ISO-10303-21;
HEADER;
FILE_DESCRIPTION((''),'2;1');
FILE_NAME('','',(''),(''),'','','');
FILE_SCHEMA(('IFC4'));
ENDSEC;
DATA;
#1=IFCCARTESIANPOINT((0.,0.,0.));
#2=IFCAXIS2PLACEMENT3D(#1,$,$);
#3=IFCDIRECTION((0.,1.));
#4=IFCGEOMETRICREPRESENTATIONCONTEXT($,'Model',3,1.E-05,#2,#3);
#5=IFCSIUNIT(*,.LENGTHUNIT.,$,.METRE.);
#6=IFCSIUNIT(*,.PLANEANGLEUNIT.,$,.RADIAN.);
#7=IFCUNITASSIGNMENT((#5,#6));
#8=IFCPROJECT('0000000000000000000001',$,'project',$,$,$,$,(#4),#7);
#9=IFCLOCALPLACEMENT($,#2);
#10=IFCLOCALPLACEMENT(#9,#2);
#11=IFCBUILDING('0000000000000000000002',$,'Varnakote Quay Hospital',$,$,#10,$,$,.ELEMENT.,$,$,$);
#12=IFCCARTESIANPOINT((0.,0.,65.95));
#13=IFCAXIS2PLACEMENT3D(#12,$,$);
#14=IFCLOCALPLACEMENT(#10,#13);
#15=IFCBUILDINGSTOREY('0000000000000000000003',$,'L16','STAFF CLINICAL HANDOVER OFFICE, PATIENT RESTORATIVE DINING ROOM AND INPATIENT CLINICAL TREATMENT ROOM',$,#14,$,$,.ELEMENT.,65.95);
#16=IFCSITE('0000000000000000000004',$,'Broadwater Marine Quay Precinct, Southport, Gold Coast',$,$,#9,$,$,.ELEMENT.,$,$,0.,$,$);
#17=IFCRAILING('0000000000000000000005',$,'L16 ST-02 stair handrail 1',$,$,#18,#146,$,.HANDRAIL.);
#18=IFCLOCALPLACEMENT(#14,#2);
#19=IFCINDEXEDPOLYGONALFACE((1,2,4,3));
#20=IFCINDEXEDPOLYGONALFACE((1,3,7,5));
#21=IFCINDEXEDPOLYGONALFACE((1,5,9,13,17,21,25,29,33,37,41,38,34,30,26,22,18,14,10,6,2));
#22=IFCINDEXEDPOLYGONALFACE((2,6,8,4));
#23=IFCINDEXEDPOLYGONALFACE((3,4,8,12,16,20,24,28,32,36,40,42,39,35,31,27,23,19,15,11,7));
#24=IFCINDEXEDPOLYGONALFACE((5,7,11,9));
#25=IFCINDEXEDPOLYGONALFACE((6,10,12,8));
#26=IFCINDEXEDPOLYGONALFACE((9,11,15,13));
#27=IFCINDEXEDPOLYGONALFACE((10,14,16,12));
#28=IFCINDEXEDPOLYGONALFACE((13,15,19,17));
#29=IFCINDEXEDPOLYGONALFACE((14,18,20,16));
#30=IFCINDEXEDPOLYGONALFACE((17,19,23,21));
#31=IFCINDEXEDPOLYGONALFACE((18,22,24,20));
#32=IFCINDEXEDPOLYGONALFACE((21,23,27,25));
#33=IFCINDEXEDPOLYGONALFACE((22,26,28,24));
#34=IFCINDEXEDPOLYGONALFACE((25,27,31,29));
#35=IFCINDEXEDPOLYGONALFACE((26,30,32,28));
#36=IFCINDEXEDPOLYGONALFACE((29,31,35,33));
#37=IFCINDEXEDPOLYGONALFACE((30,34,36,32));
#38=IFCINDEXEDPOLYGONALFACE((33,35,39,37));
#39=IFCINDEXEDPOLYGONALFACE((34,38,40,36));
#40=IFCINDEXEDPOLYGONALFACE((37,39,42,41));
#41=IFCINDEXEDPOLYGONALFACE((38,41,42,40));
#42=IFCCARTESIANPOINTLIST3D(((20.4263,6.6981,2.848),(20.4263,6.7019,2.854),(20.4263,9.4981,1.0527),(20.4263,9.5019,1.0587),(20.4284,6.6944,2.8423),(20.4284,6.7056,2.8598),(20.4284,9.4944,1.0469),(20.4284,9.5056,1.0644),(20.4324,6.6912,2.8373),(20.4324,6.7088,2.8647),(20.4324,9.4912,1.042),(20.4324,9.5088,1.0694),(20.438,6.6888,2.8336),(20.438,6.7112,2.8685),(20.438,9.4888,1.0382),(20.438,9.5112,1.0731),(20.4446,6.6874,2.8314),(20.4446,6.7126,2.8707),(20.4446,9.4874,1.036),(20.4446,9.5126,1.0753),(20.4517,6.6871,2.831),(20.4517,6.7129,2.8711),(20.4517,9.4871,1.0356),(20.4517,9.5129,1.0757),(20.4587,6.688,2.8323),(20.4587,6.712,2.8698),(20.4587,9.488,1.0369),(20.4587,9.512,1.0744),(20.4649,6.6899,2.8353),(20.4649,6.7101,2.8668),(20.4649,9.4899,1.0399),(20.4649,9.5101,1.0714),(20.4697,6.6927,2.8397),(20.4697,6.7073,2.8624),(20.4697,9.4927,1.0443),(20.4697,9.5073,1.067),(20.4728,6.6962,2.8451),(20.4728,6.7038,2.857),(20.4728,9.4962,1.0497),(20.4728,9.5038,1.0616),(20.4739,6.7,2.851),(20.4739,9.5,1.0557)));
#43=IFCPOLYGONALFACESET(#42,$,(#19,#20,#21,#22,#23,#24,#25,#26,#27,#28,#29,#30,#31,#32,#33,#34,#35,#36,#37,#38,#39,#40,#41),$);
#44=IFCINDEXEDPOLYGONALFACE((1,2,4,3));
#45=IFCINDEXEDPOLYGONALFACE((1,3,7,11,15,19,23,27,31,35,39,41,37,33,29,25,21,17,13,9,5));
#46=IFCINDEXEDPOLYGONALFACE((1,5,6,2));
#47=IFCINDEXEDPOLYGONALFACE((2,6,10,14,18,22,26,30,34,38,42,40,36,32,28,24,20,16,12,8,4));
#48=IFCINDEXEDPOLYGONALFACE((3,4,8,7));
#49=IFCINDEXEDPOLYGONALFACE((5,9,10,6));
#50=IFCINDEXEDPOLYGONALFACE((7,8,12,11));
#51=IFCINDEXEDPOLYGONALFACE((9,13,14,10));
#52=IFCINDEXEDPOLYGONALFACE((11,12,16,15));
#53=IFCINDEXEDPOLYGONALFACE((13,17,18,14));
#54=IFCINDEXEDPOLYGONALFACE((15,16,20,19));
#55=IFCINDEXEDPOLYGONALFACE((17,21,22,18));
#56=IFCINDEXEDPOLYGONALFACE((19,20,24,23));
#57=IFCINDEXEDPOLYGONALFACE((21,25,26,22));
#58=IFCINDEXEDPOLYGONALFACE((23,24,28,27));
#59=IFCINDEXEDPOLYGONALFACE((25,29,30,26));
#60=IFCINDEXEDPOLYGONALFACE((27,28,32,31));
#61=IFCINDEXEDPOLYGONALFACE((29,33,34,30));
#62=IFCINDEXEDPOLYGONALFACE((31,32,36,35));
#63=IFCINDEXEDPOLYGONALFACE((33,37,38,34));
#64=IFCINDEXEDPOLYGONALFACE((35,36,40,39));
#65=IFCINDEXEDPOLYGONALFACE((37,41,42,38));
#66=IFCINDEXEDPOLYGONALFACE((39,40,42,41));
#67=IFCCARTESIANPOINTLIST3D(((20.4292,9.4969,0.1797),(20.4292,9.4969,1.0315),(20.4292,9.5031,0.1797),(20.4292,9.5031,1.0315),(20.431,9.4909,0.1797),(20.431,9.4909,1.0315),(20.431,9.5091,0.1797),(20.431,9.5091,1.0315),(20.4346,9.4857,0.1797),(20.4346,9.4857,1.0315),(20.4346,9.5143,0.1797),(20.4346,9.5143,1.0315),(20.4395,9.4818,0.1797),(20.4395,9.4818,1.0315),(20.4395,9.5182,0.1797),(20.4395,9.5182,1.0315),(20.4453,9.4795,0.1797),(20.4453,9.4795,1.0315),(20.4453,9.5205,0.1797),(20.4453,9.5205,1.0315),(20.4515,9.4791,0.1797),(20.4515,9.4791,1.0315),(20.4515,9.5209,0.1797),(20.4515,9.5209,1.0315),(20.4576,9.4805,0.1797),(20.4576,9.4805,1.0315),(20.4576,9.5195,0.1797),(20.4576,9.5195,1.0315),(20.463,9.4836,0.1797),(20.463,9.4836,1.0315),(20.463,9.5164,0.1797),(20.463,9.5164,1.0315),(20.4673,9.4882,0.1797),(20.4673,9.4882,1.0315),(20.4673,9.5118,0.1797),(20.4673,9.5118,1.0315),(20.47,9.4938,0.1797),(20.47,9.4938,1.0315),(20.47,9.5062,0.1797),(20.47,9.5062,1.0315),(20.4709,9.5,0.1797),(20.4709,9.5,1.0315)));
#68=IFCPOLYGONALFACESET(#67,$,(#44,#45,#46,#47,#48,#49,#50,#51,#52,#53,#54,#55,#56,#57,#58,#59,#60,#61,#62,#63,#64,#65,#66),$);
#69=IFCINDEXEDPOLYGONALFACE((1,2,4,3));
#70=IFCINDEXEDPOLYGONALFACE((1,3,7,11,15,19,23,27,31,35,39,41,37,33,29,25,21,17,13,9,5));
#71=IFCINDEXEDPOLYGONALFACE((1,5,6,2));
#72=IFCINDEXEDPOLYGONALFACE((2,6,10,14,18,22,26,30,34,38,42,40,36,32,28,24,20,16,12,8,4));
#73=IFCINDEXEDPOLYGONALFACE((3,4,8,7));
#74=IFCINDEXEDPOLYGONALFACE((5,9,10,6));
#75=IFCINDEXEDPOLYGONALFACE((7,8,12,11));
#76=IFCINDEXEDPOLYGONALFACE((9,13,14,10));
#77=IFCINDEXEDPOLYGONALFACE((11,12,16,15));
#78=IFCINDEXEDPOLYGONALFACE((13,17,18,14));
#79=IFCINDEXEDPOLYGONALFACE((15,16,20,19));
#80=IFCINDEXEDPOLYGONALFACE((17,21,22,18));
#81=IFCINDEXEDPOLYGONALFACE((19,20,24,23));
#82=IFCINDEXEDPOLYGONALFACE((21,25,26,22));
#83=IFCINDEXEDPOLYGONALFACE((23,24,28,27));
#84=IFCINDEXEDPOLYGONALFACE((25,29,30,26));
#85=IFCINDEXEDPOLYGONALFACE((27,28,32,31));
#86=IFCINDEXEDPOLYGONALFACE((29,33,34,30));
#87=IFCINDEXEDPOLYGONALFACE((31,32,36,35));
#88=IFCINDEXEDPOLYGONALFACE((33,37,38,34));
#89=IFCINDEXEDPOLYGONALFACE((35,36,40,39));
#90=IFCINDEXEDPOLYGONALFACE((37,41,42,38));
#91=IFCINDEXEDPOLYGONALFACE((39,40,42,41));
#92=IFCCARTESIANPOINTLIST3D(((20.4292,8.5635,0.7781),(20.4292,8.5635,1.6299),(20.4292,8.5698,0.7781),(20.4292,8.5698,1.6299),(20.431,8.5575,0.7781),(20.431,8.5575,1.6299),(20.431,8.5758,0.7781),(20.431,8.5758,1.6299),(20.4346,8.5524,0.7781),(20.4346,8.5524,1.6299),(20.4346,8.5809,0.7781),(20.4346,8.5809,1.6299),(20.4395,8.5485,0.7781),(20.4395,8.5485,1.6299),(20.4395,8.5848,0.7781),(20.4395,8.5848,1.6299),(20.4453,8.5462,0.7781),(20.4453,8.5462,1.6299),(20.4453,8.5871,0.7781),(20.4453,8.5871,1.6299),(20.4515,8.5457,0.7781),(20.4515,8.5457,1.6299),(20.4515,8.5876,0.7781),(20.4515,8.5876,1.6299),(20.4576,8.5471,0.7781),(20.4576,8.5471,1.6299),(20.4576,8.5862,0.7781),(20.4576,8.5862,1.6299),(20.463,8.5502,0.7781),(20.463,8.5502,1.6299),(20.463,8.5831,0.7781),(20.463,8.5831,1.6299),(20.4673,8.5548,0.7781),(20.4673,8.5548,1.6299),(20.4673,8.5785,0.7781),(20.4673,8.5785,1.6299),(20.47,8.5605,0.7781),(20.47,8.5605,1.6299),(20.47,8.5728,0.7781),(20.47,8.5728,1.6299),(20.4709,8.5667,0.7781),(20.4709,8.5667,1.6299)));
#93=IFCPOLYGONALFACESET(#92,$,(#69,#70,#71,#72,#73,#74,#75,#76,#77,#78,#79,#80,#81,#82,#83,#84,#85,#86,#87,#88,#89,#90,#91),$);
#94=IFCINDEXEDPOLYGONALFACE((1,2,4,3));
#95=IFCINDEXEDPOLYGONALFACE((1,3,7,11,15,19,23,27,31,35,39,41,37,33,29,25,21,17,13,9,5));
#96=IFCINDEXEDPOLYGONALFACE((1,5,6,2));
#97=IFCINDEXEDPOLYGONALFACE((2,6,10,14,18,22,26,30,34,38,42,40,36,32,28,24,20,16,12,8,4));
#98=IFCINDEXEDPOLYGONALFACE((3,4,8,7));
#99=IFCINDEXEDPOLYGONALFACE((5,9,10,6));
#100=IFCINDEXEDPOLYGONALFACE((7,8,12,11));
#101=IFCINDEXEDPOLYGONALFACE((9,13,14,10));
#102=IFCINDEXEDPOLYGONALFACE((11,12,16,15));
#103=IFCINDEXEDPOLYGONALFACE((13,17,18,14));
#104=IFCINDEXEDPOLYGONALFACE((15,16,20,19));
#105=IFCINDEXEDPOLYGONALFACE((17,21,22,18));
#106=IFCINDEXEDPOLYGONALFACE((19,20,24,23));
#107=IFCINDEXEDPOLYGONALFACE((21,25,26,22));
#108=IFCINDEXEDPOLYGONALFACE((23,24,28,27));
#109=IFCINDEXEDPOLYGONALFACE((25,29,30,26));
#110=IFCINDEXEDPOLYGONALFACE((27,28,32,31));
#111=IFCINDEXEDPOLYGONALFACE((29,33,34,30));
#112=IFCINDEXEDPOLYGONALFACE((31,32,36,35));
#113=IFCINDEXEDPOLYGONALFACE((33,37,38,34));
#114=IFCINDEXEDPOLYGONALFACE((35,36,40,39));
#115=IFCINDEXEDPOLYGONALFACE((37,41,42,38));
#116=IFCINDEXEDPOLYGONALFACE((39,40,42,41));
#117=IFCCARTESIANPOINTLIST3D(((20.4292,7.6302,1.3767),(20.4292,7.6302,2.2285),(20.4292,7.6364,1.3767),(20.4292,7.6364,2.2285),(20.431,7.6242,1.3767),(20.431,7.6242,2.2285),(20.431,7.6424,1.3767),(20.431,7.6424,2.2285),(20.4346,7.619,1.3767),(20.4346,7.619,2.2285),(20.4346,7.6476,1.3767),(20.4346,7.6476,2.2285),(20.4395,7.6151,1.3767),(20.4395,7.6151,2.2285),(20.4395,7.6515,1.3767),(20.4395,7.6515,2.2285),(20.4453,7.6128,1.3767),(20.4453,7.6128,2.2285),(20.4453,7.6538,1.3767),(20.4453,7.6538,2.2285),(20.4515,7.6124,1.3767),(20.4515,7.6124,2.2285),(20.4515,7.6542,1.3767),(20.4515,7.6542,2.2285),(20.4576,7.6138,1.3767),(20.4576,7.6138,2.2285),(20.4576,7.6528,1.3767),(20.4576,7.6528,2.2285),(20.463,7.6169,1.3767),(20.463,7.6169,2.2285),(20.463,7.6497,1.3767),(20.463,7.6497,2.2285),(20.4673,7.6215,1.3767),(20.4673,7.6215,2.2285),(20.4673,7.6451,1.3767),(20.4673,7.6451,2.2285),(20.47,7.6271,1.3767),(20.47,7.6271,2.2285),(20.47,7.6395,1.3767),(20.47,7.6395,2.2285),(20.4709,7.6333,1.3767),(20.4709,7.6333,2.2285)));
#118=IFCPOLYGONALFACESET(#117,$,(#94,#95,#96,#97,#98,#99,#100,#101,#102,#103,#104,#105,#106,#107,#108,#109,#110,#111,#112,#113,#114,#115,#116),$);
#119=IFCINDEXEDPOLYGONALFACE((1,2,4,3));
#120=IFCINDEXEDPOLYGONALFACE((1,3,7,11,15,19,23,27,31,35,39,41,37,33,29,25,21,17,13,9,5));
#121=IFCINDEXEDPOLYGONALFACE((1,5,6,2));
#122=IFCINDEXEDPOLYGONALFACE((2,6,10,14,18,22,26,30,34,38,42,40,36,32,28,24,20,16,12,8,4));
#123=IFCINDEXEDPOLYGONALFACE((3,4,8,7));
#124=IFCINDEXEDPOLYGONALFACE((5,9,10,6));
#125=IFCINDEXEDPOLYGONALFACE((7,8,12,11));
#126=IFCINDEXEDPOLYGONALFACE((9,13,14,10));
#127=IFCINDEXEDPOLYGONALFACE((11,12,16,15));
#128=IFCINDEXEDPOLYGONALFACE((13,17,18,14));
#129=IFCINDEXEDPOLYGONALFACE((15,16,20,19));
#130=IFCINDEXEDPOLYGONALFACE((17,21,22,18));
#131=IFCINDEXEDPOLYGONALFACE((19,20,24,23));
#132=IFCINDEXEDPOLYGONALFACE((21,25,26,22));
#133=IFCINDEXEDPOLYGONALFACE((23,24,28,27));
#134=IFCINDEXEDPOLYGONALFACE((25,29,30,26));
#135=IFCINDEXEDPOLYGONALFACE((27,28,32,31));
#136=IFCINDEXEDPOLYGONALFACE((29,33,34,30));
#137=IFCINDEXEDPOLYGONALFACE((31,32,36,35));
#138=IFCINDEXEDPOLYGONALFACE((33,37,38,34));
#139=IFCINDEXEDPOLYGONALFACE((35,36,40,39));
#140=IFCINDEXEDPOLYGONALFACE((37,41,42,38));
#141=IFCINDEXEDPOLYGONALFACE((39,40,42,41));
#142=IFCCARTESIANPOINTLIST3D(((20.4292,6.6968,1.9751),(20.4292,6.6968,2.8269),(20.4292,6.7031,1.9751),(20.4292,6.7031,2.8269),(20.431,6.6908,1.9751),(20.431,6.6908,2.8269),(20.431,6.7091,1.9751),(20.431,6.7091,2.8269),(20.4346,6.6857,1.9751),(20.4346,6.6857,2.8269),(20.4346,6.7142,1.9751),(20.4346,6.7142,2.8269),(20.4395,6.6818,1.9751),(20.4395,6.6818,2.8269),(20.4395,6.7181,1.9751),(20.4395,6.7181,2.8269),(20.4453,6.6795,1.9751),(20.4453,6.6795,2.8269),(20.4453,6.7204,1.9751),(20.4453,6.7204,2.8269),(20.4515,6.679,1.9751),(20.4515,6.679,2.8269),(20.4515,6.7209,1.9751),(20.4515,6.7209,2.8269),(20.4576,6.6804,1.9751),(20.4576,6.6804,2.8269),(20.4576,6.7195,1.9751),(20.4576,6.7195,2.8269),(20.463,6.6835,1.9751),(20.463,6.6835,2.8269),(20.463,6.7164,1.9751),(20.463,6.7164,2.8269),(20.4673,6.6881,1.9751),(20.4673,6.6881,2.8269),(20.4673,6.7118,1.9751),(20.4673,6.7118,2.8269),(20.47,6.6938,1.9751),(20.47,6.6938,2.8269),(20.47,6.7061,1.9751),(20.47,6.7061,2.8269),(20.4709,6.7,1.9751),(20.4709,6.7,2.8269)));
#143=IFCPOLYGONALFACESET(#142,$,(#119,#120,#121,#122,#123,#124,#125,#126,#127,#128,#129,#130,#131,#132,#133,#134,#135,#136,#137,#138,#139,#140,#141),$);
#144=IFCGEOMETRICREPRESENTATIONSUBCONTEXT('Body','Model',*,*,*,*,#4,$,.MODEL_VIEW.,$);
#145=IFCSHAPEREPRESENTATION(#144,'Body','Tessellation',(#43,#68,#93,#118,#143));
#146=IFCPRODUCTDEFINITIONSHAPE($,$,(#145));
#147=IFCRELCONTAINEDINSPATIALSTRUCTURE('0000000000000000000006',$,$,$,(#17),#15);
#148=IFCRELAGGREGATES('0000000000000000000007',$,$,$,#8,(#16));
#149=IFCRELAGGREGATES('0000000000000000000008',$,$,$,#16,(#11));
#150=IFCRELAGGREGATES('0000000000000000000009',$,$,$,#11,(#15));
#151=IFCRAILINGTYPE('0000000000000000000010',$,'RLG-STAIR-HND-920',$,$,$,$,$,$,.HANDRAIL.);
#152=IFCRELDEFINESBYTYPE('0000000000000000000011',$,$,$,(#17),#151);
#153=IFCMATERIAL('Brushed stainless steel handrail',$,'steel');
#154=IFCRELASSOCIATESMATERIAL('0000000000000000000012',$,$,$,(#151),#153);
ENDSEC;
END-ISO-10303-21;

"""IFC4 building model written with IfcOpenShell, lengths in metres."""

from ifc_helpers import new_model, si_unit, direction, frame, origin, origin_2d, place, context, subcontext, project, spatial, circle, extrude, material, type_object, element, save


model = new_model("IFC4")

# Units and contexts
model_context = context("Model", 3, precision=1e-05, world=origin(), true_north=direction((0.0, 1.0)))
body_context = subcontext(model_context, "Body", "Model", "MODEL_VIEW")
ifc_project = project(units=[si_unit("LENGTHUNIT", "METRE"), si_unit("PLANEANGLEUNIT", "RADIAN")], contexts=[model_context])

# Site, building, storey
site_placement = place(None, origin())
site = spatial("IfcSite", under=ifc_project, at=site_placement, Name="Broadwater Marine Quay Precinct, Southport, Gold Coast", CompositionType="ELEMENT", RefElevation=0.0)
building_placement = place(site_placement, origin())
building = spatial("IfcBuilding", under=site, at=building_placement, Name="Varnakote Quay Hospital", CompositionType="ELEMENT")
storey_placement = place(building_placement, frame((0.0, 0.0, 65.95)))
storey = spatial("IfcBuildingStorey", under=building, at=storey_placement, Name="L16", Description="STAFF CLINICAL HANDOVER OFFICE, PATIENT RESTORATIVE DINING ROOM AND INPATIENT CLINICAL TREATMENT ROOM", CompositionType="ELEMENT", Elevation=65.95)

# Railing
ifc_material_1 = material(Name="Brushed stainless steel handrail", Category="steel")
railing_type_1 = type_object("IfcRailingType", Name="RLG-STAIR-HND-920", PredefinedType="HANDRAIL", material=ifc_material_1)
railing_1_placement = place(storey_placement, frame((20.45, 9.5, 0.1797)))
element("IfcRailing", 1, at=railing_1_placement, inside=storey, type_object=railing_type_1, Name="L16 ST-02 stair handrail 1", PredefinedType="HANDRAIL", context=body_context, shape_type="SweptSolid", body=[
    extrude(circle(Radius=0.0239, at=origin_2d()), frame((0.0, 0.0, 0.876), z_axis=(0.0, -0.84181, 0.539774), x_axis=(1.0, 0.0, 0.0)), (0.0, 0.0, 1.0), 3.3262),
    extrude(circle(Radius=0.021, at=origin_2d()), origin(), (0.0, 0.0, 1.0), 0.8518),
    extrude(circle(Radius=0.021, at=origin_2d()), frame((0.0, -0.9333, 0.5984)), (0.0, 0.0, 1.0), 0.8518),
    extrude(circle(Radius=0.021, at=origin_2d()), frame((0.0, -1.8667, 1.197)), (0.0, 0.0, 1.0), 0.8518),
    extrude(circle(Radius=0.021, at=origin_2d()), frame((0.0, -2.8, 1.7954)), (0.0, 0.0, 1.0), 0.8518),
])

save(model, "model.ifc")
